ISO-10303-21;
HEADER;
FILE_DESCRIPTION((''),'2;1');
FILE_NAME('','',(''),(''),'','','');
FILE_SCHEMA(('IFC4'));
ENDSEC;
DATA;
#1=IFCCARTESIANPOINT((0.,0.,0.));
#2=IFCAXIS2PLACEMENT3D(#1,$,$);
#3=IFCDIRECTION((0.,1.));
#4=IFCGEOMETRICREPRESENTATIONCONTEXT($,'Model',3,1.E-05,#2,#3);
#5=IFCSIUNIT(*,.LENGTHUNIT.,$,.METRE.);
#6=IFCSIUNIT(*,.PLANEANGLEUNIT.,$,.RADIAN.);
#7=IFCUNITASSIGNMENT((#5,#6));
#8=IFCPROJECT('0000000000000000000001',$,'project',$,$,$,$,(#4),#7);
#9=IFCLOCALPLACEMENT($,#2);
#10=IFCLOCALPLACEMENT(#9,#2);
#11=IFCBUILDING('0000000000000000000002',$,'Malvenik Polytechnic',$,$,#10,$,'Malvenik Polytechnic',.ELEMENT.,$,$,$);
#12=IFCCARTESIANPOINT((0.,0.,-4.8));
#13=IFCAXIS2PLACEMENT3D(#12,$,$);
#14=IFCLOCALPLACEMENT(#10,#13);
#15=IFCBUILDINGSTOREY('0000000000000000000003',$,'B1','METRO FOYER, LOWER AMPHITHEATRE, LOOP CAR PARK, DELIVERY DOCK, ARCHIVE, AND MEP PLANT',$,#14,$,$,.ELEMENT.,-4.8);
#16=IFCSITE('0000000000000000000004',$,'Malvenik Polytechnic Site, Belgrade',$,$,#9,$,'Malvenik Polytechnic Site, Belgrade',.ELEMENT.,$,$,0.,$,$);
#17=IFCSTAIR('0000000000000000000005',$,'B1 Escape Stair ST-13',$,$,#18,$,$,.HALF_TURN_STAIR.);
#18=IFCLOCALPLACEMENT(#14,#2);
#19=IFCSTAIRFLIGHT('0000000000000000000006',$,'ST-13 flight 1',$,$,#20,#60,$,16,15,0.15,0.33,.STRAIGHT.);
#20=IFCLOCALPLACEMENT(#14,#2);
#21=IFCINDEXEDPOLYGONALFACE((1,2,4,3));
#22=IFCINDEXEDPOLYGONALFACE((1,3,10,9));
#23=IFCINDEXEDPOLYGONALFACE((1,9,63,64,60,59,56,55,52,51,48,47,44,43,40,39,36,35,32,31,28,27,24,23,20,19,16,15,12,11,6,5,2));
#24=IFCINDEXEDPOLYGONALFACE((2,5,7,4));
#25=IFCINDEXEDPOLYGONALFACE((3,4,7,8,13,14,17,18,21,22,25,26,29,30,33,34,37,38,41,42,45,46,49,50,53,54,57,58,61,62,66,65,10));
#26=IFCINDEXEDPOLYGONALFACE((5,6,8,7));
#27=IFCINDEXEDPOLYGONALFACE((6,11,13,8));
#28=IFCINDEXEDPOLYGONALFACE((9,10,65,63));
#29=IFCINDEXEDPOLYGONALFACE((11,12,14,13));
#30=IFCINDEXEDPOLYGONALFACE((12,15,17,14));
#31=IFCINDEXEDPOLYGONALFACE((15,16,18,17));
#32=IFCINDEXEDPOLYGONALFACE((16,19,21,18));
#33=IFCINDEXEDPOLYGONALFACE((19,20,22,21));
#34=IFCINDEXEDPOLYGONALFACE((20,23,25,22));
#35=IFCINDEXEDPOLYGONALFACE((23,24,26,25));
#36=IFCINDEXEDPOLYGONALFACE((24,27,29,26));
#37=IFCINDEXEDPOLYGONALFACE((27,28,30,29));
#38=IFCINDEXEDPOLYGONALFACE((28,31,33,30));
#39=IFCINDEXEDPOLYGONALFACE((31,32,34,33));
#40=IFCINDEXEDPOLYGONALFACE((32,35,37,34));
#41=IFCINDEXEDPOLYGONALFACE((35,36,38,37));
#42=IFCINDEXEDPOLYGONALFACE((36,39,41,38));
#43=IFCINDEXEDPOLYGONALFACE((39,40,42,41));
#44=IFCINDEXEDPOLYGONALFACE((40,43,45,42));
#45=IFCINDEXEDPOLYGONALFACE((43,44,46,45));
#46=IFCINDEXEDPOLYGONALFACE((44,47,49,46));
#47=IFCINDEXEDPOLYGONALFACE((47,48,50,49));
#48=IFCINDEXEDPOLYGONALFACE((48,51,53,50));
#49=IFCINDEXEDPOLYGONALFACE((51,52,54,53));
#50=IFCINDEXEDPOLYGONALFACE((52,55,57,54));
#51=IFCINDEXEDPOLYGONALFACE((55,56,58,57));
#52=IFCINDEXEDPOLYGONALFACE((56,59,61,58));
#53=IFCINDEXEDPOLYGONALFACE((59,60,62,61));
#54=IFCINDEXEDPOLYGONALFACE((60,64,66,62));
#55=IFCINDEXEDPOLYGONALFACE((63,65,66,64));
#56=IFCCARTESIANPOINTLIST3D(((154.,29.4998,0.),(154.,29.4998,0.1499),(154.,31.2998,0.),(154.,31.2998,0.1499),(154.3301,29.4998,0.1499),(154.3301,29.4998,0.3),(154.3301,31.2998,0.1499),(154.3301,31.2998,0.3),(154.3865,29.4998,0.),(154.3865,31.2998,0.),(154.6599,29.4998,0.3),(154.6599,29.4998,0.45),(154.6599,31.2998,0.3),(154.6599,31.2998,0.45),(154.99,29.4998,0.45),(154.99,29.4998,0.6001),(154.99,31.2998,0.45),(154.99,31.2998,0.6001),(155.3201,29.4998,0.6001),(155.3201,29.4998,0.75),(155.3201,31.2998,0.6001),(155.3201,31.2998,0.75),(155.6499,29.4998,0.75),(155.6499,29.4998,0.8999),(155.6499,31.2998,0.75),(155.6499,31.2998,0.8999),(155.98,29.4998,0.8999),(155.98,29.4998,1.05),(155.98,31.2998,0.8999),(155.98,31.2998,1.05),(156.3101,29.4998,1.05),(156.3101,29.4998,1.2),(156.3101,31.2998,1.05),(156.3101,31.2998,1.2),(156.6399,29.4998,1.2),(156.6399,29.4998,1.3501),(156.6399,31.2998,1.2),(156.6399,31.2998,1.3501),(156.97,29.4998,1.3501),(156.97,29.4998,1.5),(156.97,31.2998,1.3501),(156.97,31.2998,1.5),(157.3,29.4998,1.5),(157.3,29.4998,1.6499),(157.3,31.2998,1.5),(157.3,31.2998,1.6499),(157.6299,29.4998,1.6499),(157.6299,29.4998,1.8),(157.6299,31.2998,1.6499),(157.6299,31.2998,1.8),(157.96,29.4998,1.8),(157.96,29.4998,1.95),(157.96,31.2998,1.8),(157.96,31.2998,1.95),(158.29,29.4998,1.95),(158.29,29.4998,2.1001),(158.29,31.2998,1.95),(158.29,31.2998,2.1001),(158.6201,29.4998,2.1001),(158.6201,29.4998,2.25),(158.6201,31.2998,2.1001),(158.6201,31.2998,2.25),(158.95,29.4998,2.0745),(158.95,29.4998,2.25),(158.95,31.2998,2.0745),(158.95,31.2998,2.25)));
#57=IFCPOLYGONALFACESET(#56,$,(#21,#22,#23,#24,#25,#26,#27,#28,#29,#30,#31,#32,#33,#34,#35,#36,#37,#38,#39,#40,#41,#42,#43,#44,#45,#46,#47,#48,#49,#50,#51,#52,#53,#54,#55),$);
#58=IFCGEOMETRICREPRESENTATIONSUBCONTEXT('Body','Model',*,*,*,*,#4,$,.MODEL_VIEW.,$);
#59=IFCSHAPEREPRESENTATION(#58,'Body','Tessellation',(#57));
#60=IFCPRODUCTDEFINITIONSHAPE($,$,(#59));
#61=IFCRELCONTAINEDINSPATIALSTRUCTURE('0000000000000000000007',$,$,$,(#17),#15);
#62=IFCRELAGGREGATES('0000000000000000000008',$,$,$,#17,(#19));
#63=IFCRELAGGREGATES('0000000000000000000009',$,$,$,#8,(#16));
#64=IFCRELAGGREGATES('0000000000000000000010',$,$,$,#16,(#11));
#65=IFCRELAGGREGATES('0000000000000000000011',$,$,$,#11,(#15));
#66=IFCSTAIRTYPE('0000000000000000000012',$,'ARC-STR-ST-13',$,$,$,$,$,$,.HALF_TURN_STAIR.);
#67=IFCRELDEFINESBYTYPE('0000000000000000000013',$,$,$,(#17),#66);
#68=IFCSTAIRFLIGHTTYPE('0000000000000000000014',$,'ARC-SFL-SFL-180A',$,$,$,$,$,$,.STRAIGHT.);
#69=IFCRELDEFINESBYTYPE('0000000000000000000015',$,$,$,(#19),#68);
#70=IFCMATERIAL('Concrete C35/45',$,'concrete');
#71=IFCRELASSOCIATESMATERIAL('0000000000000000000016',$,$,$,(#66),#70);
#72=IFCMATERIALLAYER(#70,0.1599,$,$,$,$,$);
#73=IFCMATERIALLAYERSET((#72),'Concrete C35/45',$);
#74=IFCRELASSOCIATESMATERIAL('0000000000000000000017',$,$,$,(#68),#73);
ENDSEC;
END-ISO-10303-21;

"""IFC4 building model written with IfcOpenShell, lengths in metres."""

from ifc_helpers import new_model, si_unit, direction, frame, origin, place, context, subcontext, project, spatial, polyline, outline, extrude, material, layer, layer_set, type_object, element, aggregate, save


model = new_model("IFC4")

# Units and contexts
model_context = context("Model", 3, precision=1e-05, world=origin(), true_north=direction((0.0, 1.0)))
body_context = subcontext(model_context, "Body", "Model", "MODEL_VIEW")
ifc_project = project(units=[si_unit("LENGTHUNIT", "METRE"), si_unit("PLANEANGLEUNIT", "RADIAN")], contexts=[model_context])

# Site, building, storey
site_placement = place(None, origin())
site = spatial("IfcSite", under=ifc_project, at=site_placement, Name="Malvenik Polytechnic Site, Belgrade", LongName="Malvenik Polytechnic Site, Belgrade", CompositionType="ELEMENT", RefElevation=0.0)
building_placement = place(site_placement, origin())
building = spatial("IfcBuilding", under=site, at=building_placement, Name="Malvenik Polytechnic", LongName="Malvenik Polytechnic", CompositionType="ELEMENT")
storey_placement = place(building_placement, frame((0.0, 0.0, -4.8)))
storey = spatial("IfcBuildingStorey", under=building, at=storey_placement, Name="B1", Description="METRO FOYER, LOWER AMPHITHEATRE, LOOP CAR PARK, DELIVERY DOCK, ARCHIVE, AND MEP PLANT", CompositionType="ELEMENT", Elevation=-4.8)

# Shared definitions
ifc_material_1 = material(Name="Concrete C35/45", Category="concrete")

# Stair, stair flight
stair_type = type_object("IfcStairType", Name="ARC-STR-ST-13", PredefinedType="HALF_TURN_STAIR", material=ifc_material_1)
stair_placement = place(storey_placement, origin())
stair = element("IfcStair", 1, at=stair_placement, inside=storey, type_object=stair_type, Name="B1 Escape Stair ST-13", PredefinedType="HALF_TURN_STAIR")
ifc_layer_1 = layer(ifc_material_1, 0.1599)
ifc_layer_set_1 = layer_set([ifc_layer_1], Name="Concrete C35/45")
stair_flight_type = type_object("IfcStairFlightType", Name="ARC-SFL-SFL-180A", PredefinedType="STRAIGHT", material=ifc_layer_set_1)
stair_flight_placement = place(storey_placement, frame((154.0, 30.3999, 0.0), z_axis=(0.0, 0.0, 1.0), x_axis=(1.0, 0.0, 0.0)))
stair_flight = element("IfcStairFlight", 2, at=stair_flight_placement, type_object=stair_flight_type, Name="ST-13 flight 1", NumberOfRisers=16, NumberOfTreads=15, PredefinedType="STRAIGHT", RiserHeight=0.15, TreadLength=0.33, context=body_context, shape_type="SweptSolid", body=[
    extrude(outline(polyline([(0.0, 0.0), (0.0, 0.1499), (0.3301, 0.1499), (0.3301, 0.3), (0.6599, 0.3), (0.6599, 0.45), (0.99, 0.45), (0.99, 0.6001), (1.3201, 0.6001), (1.3201, 0.75), (1.6499, 0.75), (1.6499, 0.8999), (1.98, 0.8999), (1.98, 1.05), (2.3101, 1.05), (2.3101, 1.2), (2.6399, 1.2), (2.6399, 1.3501), (2.97, 1.3501), (2.97, 1.5), (3.3, 1.5), (3.3, 1.6499), (3.6299, 1.6499), (3.6299, 1.8), (3.96, 1.8), (3.96, 1.95), (4.29, 1.95), (4.29, 2.1001), (4.6201, 2.1001), (4.6201, 2.25), (4.95, 2.25), (4.95, 2.3999), (4.95, 2.0745), (0.3865, 0.0), (0.0, 0.0)])), frame((0.0, 0.8999, 0.0), z_axis=(0.0, -1.0, 0.0), x_axis=(1.0, 0.0, 0.0)), (0.0, 0.0, 1.0), 1.8),
])
aggregate(stair, [stair_flight])

save(model, "model.ifc")
